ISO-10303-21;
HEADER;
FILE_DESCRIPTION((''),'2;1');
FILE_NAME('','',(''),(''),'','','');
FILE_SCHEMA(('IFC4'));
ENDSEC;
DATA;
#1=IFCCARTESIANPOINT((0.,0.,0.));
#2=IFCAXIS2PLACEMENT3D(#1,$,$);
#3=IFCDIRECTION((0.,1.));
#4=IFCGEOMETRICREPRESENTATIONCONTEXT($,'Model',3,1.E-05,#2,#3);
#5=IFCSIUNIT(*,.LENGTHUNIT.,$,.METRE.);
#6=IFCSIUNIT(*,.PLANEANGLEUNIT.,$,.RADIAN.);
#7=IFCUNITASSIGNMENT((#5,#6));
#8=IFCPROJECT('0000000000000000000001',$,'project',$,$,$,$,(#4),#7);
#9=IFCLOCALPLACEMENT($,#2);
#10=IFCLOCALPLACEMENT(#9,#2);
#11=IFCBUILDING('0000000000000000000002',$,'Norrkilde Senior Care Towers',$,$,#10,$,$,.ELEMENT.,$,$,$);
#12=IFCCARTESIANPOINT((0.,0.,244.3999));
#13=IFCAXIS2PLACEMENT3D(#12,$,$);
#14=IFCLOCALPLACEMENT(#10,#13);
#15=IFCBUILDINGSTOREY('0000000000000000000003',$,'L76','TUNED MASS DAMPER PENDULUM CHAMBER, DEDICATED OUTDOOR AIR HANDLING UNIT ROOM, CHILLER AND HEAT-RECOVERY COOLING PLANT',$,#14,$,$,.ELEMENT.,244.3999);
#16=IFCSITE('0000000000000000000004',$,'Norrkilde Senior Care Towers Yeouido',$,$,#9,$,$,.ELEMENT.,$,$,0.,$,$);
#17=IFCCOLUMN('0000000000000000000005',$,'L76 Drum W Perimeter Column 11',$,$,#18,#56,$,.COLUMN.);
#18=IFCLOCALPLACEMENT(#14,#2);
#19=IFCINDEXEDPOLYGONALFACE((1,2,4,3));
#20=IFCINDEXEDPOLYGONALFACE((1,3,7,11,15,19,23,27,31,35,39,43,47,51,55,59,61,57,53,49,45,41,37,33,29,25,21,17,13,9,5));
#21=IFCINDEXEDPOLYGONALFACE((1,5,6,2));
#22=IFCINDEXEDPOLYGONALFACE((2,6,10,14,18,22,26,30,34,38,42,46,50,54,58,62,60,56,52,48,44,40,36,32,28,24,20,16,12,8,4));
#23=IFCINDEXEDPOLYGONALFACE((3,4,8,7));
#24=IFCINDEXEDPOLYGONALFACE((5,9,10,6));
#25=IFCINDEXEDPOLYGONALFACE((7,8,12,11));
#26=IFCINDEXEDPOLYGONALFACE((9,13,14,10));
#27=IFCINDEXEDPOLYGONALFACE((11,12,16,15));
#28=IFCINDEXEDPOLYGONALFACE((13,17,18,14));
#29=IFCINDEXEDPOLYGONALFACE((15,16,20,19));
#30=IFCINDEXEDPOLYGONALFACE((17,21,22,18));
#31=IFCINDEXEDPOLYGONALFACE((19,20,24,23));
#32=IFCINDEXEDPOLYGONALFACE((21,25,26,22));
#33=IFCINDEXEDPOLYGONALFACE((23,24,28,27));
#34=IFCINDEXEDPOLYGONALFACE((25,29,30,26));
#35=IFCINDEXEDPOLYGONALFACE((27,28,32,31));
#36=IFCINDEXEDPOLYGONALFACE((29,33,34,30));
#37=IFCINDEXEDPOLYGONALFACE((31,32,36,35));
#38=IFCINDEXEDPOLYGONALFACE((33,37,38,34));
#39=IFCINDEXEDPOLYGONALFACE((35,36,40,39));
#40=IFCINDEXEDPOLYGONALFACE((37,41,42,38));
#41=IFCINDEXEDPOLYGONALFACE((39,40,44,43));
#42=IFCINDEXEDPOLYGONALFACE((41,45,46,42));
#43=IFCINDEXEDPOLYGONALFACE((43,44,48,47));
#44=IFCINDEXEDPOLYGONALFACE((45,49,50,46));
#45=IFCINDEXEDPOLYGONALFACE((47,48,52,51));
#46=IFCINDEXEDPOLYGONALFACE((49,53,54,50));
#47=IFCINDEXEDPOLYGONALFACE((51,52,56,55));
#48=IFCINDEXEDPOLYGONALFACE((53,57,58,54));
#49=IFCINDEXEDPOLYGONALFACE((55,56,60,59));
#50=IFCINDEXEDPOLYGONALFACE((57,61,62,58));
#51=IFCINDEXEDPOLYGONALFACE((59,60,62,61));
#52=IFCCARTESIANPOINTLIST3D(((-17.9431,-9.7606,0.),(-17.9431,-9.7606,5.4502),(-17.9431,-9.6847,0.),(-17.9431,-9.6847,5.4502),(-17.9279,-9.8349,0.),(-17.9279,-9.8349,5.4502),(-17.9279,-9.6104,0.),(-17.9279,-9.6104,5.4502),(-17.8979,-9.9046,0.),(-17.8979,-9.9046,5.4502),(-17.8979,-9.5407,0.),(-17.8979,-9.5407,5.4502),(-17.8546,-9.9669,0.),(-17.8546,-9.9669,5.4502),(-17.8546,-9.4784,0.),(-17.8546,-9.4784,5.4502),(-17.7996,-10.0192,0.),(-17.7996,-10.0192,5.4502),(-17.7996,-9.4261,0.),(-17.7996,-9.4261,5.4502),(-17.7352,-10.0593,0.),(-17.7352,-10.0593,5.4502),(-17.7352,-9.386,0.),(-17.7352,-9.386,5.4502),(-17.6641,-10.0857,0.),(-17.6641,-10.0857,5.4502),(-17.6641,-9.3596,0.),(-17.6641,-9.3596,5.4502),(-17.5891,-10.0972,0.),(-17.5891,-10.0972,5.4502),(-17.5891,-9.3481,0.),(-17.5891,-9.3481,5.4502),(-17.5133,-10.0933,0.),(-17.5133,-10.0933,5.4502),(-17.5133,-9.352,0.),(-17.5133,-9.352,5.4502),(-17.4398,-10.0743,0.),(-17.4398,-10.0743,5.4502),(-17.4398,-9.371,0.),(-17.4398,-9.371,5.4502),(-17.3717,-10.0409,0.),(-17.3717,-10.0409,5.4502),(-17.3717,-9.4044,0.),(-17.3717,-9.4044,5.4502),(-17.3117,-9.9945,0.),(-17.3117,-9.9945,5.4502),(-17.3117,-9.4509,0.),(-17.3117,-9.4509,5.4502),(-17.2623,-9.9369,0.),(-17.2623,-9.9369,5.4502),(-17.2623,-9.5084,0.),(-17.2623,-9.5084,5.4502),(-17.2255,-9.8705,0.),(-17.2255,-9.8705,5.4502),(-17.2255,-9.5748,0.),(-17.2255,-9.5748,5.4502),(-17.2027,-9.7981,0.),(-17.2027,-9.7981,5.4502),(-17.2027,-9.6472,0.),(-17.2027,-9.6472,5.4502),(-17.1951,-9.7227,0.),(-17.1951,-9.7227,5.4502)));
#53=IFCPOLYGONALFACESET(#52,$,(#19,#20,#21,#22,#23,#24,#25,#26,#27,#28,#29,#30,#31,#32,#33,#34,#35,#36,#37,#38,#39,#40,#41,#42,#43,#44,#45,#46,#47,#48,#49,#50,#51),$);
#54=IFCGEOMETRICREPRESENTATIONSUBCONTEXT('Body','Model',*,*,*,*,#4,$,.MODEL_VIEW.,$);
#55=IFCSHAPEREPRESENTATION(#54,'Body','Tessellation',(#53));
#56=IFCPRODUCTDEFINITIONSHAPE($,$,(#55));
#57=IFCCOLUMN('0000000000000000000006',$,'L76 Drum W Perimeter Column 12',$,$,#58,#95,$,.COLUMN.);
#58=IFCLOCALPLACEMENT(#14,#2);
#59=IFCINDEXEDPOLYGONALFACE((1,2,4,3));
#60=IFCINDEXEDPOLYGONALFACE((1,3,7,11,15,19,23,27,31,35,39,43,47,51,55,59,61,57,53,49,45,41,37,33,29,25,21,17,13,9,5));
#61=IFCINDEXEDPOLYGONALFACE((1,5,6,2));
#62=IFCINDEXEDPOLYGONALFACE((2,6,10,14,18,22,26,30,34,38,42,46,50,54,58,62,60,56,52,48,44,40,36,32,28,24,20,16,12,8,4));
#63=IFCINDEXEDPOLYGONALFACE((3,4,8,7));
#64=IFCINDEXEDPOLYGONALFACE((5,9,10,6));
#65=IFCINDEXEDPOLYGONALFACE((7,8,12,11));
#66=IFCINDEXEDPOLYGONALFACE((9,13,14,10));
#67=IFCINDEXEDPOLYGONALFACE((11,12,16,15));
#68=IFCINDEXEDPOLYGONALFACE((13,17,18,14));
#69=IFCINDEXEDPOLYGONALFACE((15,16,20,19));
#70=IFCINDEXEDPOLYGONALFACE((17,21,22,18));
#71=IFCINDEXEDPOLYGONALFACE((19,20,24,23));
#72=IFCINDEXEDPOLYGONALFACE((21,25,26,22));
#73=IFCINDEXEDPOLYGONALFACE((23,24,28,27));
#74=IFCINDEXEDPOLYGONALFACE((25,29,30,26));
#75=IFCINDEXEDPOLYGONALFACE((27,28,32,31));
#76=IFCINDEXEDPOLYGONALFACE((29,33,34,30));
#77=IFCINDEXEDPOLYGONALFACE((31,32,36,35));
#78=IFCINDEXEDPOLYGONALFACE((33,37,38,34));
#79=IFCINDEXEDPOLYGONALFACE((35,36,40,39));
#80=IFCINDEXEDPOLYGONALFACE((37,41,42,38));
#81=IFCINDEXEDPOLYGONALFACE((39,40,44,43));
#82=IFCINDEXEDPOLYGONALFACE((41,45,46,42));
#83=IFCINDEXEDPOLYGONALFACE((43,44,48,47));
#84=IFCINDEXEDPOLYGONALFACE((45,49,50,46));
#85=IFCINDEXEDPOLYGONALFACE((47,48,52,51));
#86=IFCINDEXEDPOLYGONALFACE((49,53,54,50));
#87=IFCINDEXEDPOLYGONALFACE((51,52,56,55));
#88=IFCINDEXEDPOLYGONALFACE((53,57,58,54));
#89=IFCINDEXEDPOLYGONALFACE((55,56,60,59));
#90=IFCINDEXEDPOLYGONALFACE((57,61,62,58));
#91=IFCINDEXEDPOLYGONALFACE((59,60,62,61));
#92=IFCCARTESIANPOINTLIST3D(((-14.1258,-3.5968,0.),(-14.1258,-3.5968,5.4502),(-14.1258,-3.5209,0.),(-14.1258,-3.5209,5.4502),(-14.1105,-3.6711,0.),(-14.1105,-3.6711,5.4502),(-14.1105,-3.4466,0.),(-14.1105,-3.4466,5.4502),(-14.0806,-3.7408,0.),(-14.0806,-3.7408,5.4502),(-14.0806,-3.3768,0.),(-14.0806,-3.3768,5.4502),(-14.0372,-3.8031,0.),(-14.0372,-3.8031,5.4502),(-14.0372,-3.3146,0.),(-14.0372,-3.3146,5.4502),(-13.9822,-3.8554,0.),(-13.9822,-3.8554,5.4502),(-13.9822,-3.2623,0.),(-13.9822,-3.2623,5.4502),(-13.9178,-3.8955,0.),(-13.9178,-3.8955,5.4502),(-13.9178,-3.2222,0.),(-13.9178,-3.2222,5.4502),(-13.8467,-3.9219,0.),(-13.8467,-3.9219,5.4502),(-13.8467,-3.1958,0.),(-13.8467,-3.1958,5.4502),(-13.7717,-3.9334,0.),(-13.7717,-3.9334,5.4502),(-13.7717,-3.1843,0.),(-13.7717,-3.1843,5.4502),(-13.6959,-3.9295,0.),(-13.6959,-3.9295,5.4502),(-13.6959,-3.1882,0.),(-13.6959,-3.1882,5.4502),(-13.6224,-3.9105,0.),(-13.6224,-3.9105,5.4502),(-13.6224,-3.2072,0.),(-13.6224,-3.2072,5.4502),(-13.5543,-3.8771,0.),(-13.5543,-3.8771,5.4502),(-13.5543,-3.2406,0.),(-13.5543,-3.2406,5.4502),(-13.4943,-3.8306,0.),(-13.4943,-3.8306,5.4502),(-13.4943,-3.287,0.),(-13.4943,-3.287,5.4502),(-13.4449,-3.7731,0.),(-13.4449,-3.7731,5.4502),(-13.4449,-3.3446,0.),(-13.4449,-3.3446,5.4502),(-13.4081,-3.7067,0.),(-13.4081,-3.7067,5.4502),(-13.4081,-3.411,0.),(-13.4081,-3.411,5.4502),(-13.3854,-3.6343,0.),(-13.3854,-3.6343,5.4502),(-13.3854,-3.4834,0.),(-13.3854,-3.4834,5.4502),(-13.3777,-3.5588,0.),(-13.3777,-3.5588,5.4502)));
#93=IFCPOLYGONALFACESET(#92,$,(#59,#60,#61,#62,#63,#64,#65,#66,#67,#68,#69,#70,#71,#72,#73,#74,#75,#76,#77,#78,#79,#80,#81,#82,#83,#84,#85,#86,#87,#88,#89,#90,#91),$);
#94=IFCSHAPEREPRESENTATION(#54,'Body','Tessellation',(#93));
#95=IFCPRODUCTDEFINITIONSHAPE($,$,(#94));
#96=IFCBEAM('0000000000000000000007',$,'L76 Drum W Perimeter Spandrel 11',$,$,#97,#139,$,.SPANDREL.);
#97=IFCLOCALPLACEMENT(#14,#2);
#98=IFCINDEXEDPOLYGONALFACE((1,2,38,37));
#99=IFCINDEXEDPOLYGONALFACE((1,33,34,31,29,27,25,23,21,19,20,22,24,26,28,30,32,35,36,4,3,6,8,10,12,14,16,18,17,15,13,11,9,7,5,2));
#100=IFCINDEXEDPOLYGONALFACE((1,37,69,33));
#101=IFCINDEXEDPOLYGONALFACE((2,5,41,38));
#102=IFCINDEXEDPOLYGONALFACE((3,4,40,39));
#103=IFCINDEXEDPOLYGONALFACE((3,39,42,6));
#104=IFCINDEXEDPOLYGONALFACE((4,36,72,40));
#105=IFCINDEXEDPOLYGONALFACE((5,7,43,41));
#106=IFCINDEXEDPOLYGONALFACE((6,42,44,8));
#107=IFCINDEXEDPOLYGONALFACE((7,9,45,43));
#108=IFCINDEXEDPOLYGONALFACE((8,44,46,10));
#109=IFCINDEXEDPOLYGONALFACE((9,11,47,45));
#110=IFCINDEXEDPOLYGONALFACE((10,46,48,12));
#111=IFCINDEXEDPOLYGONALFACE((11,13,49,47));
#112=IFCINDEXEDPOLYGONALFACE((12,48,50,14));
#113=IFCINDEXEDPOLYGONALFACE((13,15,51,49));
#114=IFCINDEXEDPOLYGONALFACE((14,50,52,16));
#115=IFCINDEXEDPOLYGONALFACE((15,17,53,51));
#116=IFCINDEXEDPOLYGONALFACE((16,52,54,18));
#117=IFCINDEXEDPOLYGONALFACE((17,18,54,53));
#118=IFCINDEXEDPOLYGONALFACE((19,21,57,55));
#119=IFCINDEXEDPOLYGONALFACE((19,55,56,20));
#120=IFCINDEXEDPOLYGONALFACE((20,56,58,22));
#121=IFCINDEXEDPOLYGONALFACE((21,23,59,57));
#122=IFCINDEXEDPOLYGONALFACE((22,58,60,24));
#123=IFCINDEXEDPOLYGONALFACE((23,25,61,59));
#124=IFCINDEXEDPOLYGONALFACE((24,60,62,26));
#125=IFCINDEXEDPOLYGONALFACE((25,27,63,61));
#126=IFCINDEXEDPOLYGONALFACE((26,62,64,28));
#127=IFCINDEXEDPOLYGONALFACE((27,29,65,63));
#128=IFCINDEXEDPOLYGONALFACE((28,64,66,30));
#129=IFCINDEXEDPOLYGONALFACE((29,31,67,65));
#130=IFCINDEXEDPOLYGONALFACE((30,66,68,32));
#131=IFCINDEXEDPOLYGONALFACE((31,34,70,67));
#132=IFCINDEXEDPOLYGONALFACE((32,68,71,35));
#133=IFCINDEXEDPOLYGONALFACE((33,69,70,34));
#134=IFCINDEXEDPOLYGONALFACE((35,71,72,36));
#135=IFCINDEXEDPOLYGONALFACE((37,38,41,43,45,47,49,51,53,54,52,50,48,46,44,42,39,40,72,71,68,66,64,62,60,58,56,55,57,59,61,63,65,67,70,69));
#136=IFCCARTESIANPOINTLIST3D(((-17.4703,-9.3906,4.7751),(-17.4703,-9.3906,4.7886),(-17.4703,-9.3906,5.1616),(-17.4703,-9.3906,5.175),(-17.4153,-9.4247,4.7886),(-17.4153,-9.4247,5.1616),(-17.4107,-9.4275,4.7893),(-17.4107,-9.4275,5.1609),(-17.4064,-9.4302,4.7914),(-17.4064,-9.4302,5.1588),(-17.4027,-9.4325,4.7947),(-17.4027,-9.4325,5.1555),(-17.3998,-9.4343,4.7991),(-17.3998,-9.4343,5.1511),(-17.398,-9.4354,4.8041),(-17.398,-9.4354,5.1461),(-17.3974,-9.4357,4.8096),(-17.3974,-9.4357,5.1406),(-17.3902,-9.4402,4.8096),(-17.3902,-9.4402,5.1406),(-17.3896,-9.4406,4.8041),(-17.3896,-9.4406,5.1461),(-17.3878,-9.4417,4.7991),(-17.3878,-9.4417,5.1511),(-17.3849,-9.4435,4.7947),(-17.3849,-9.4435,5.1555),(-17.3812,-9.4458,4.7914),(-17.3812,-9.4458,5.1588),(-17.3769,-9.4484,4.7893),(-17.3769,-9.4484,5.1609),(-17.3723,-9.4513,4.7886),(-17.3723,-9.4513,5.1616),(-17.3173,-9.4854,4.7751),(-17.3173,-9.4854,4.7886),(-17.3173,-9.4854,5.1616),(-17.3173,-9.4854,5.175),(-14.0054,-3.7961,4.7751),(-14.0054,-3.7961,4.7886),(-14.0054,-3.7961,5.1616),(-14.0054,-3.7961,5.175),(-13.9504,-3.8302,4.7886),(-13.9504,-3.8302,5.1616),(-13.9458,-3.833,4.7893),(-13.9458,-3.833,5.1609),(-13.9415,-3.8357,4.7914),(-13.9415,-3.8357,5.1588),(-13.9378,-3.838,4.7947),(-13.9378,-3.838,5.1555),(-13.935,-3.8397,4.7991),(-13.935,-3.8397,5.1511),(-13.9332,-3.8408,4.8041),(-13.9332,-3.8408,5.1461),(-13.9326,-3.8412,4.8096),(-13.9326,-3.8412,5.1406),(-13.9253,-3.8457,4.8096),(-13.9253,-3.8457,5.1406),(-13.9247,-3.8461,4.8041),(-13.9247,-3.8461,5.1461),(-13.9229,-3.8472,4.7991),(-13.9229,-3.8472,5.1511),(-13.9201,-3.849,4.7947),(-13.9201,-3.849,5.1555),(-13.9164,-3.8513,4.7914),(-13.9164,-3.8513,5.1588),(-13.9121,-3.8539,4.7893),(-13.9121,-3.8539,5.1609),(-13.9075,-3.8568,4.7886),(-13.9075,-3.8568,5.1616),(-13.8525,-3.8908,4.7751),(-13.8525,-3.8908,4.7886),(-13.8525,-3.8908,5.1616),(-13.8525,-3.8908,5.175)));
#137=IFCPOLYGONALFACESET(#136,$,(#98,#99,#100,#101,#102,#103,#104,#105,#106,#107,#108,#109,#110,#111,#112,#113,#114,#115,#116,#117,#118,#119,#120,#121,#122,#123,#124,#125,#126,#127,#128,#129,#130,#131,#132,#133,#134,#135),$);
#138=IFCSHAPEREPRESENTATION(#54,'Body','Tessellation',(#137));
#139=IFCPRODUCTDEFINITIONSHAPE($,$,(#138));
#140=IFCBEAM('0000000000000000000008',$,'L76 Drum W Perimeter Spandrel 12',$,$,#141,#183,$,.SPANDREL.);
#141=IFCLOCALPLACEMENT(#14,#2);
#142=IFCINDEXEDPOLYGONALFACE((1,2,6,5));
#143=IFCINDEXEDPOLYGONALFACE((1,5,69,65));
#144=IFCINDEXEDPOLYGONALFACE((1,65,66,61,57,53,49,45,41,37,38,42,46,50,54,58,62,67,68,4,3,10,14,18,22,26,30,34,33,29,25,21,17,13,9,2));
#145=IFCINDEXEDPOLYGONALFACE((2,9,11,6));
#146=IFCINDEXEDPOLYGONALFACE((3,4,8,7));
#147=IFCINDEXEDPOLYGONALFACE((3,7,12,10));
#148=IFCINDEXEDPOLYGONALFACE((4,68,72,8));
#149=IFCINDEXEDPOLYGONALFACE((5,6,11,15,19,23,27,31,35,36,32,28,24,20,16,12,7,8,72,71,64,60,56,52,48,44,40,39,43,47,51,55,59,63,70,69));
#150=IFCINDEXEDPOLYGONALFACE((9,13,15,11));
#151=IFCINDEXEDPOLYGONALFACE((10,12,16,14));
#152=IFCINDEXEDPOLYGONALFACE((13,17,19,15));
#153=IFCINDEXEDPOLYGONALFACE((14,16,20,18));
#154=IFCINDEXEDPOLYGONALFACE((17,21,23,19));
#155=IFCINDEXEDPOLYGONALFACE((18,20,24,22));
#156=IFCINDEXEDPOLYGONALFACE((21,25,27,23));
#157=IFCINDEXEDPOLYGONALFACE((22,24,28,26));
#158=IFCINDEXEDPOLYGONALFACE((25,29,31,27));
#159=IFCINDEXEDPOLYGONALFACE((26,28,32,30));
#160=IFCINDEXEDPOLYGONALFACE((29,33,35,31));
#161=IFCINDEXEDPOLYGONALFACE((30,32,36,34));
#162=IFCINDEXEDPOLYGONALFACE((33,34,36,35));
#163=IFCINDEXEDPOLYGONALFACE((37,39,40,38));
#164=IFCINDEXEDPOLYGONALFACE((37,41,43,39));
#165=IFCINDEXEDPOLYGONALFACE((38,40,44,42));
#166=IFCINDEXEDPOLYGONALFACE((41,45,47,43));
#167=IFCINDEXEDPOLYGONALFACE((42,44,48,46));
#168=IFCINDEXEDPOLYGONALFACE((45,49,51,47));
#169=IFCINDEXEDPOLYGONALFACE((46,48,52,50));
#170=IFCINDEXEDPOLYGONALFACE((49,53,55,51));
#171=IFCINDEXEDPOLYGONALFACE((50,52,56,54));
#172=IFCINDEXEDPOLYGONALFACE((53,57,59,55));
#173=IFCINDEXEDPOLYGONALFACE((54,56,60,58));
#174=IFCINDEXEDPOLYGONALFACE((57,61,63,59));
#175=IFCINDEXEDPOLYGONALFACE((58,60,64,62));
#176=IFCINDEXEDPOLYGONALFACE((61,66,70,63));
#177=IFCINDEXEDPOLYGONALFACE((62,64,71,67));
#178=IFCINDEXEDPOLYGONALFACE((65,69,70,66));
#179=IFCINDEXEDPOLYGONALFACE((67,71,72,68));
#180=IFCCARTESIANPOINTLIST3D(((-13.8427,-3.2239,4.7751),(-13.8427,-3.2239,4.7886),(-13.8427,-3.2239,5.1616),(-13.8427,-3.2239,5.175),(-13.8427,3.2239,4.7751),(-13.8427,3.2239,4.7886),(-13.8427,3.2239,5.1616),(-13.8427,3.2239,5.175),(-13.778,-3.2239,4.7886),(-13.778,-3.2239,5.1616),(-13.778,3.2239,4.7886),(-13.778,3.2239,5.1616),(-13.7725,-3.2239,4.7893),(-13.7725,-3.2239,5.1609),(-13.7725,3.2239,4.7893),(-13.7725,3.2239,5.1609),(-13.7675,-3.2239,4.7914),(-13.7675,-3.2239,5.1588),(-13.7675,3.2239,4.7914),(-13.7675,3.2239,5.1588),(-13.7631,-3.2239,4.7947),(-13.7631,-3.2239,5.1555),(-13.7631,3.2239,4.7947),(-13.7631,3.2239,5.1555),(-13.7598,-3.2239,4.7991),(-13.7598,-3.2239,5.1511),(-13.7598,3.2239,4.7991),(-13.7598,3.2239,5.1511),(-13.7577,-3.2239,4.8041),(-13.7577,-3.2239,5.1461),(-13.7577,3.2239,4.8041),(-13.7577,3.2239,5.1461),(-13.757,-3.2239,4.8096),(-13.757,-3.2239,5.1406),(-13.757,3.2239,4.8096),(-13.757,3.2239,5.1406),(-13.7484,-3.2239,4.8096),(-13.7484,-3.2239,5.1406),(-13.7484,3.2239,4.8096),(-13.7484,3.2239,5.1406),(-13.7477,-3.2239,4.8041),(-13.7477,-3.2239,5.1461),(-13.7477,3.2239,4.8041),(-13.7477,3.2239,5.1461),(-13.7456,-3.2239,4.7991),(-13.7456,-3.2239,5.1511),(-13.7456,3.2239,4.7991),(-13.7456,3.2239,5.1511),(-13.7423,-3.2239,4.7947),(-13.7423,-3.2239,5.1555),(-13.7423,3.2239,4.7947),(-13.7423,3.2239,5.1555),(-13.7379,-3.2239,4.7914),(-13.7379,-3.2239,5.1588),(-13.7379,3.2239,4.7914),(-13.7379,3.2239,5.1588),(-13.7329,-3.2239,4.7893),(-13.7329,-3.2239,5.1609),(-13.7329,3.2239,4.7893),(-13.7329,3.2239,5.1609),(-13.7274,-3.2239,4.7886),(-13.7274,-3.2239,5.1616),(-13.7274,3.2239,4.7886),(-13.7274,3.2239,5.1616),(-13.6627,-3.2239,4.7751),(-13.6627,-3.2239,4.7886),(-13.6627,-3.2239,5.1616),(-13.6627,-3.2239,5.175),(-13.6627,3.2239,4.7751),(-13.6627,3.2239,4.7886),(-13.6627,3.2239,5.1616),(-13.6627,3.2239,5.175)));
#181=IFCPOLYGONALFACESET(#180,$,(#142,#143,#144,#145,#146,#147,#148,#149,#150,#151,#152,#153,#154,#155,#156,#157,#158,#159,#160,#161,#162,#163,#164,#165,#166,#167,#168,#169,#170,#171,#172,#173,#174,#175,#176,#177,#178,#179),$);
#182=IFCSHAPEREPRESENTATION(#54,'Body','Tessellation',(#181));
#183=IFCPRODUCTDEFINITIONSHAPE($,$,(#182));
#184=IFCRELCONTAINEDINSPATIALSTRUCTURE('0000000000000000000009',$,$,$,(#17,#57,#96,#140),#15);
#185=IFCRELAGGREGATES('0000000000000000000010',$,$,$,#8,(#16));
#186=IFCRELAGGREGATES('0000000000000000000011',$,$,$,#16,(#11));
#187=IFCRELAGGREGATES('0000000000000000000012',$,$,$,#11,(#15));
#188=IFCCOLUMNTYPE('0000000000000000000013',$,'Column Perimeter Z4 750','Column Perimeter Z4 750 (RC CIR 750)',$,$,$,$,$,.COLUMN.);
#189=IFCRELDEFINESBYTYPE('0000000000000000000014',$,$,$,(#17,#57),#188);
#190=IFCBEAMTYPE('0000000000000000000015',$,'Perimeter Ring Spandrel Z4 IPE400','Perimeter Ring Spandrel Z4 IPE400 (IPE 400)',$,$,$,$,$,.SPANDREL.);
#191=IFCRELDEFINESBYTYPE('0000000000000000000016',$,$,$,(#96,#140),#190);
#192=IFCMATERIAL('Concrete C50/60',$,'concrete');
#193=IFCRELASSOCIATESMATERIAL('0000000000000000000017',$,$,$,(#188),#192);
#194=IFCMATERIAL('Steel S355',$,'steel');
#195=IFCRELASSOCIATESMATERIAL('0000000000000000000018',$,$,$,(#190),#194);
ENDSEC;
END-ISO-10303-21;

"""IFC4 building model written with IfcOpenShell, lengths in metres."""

from ifc_helpers import new_model, si_unit, direction, frame, origin, origin_2d, place, context, subcontext, project, spatial, circle, i_section, extrude, source, transform, mapped, material, material_profile, profile_set, type_object, type_shapes, element, save


model = new_model("IFC4")

# Units and contexts
model_context = context("Model", 3, precision=1e-05, world=origin(), true_north=direction((0.0, 1.0)))
body_context = subcontext(model_context, "Body", "Model", "MODEL_VIEW")
ifc_project = project(units=[si_unit("LENGTHUNIT", "METRE"), si_unit("PLANEANGLEUNIT", "RADIAN")], contexts=[model_context])

# Site, building, storey
site_placement = place(None, origin())
site = spatial("IfcSite", under=ifc_project, at=site_placement, Name="Norrkilde Senior Care Towers Yeouido", CompositionType="ELEMENT", RefElevation=0.0)
building_placement = place(site_placement, origin())
building = spatial("IfcBuilding", under=site, at=building_placement, Name="Norrkilde Senior Care Towers", CompositionType="ELEMENT")
storey_placement = place(building_placement, frame((0.0, 0.0, 244.3999)))
storey = spatial("IfcBuildingStorey", under=building, at=storey_placement, Name="L76", Description="TUNED MASS DAMPER PENDULUM CHAMBER, DEDICATED OUTDOOR AIR HANDLING UNIT ROOM, CHILLER AND HEAT-RECOVERY COOLING PLANT", CompositionType="ELEMENT", Elevation=244.3999)

# Columns
ifc_material_1 = material(Name="Concrete C50/60", Category="concrete")
ifc_material_profile_1 = material_profile(ifc_material_1, circle(Radius=0.375, at=origin_2d()), Name="RC CIR 750")
ifc_profile_set_1 = profile_set([ifc_material_profile_1], Name="Concrete C50/60")
column_type = type_object("IfcColumnType", Name="Column Perimeter Z4 750", Description="Column Perimeter Z4 750 (RC CIR 750)", PredefinedType="COLUMN", material=ifc_profile_set_1)
shared_shape_1 = source(origin(), body_context, "Body", "SweptSolid", [
    extrude(circle(Radius=0.375, at=origin_2d()), origin(), (0.0, 0.0, 1.0), 5.4502),
])
type_shapes(column_type, [shared_shape_1])
for number, where, z_axis, x_axis, name in (
    (1, (-17.5701, -9.7227, 0.0), (0.0, 0.0, 1.0), (1.0, 0.0, 0.0), "L76 Drum W Perimeter Column 11"),
    (2, (-13.7527, -3.5588, 0.0), (0.0, 0.0, 1.0), (1.0, 0.0, 0.0), "L76 Drum W Perimeter Column 12"),
):
    element("IfcColumn", number, at=place(storey_placement, frame(where, z_axis=z_axis, x_axis=x_axis)), inside=storey, type_object=column_type, Name=name, PredefinedType="COLUMN", context=body_context, shape_type="MappedRepresentation", body=[
        mapped(shared_shape_1, transform((0.0, 0.0, 0.0), x_axis=(1.0, 0.0, 0.0), y_axis=(0.0, 1.0, 0.0), z_axis=(0.0, 0.0, 1.0), scale=1.0)),
    ])

# Beams
ifc_material_2 = material(Name="Steel S355", Category="steel")
ifc_material_profile_2 = material_profile(ifc_material_2, i_section(OverallWidth=0.1799, OverallDepth=0.3999, WebThickness=0.0085, FlangeThickness=0.0134, FilletRadius=0.021, at=origin_2d()), Name="IPE 400")
ifc_profile_set_2 = profile_set([ifc_material_profile_2], Name="Steel S355")
beam_type_1 = type_object("IfcBeamType", Name="Perimeter Ring Spandrel Z4 IPE400", Description="Perimeter Ring Spandrel Z4 IPE400 (IPE 400)", PredefinedType="SPANDREL", material=ifc_profile_set_2)
shared_shape_2 = source(origin(), body_context, "Body", "SweptSolid", [
    extrude(i_section(OverallWidth=0.1799, OverallDepth=0.3999, WebThickness=0.0085, FlangeThickness=0.0134, FilletRadius=0.021, at=origin_2d()), origin(), (0.0, 0.0, 1.0), 6.5806),
])
beam_1_placement = place(storey_placement, frame((-17.3938, -9.438, 4.9751), z_axis=(0.52653, 0.850157, 0.0), x_axis=(-0.850157, 0.52653, 0.0)))
element("IfcBeam", 3, at=beam_1_placement, inside=storey, type_object=beam_type_1, Name="L76 Drum W Perimeter Spandrel 11", PredefinedType="SPANDREL", context=body_context, shape_type="MappedRepresentation", body=[
    mapped(shared_shape_2, transform((0.0, 0.0, 0.0), x_axis=(1.0, 0.0, 0.0), y_axis=(0.0, 1.0, 0.0), z_axis=(0.0, 0.0, 1.0), scale=1.0)),
])
shared_shape_3 = source(origin(), body_context, "Body", "SweptSolid", [
    extrude(i_section(OverallWidth=0.1799, OverallDepth=0.3999, WebThickness=0.0085, FlangeThickness=0.0134, FilletRadius=0.021, at=origin_2d()), origin(), (0.0, 0.0, 1.0), 6.4478),
])
type_shapes(beam_type_1, [shared_shape_2, shared_shape_3])
beam_2_placement = place(storey_placement, frame((-13.7527, -3.2239, 4.9751), z_axis=(0.0, 1.0, 0.0), x_axis=(-1.0, 0.0, 0.0)))
element("IfcBeam", 4, at=beam_2_placement, inside=storey, type_object=beam_type_1, Name="L76 Drum W Perimeter Spandrel 12", PredefinedType="SPANDREL", context=body_context, shape_type="MappedRepresentation", body=[
    mapped(shared_shape_3, transform((0.0, 0.0, 0.0), x_axis=(1.0, 0.0, 0.0), y_axis=(0.0, 1.0, 0.0), z_axis=(0.0, 0.0, 1.0), scale=1.0)),
])

save(model, "model.ifc")
